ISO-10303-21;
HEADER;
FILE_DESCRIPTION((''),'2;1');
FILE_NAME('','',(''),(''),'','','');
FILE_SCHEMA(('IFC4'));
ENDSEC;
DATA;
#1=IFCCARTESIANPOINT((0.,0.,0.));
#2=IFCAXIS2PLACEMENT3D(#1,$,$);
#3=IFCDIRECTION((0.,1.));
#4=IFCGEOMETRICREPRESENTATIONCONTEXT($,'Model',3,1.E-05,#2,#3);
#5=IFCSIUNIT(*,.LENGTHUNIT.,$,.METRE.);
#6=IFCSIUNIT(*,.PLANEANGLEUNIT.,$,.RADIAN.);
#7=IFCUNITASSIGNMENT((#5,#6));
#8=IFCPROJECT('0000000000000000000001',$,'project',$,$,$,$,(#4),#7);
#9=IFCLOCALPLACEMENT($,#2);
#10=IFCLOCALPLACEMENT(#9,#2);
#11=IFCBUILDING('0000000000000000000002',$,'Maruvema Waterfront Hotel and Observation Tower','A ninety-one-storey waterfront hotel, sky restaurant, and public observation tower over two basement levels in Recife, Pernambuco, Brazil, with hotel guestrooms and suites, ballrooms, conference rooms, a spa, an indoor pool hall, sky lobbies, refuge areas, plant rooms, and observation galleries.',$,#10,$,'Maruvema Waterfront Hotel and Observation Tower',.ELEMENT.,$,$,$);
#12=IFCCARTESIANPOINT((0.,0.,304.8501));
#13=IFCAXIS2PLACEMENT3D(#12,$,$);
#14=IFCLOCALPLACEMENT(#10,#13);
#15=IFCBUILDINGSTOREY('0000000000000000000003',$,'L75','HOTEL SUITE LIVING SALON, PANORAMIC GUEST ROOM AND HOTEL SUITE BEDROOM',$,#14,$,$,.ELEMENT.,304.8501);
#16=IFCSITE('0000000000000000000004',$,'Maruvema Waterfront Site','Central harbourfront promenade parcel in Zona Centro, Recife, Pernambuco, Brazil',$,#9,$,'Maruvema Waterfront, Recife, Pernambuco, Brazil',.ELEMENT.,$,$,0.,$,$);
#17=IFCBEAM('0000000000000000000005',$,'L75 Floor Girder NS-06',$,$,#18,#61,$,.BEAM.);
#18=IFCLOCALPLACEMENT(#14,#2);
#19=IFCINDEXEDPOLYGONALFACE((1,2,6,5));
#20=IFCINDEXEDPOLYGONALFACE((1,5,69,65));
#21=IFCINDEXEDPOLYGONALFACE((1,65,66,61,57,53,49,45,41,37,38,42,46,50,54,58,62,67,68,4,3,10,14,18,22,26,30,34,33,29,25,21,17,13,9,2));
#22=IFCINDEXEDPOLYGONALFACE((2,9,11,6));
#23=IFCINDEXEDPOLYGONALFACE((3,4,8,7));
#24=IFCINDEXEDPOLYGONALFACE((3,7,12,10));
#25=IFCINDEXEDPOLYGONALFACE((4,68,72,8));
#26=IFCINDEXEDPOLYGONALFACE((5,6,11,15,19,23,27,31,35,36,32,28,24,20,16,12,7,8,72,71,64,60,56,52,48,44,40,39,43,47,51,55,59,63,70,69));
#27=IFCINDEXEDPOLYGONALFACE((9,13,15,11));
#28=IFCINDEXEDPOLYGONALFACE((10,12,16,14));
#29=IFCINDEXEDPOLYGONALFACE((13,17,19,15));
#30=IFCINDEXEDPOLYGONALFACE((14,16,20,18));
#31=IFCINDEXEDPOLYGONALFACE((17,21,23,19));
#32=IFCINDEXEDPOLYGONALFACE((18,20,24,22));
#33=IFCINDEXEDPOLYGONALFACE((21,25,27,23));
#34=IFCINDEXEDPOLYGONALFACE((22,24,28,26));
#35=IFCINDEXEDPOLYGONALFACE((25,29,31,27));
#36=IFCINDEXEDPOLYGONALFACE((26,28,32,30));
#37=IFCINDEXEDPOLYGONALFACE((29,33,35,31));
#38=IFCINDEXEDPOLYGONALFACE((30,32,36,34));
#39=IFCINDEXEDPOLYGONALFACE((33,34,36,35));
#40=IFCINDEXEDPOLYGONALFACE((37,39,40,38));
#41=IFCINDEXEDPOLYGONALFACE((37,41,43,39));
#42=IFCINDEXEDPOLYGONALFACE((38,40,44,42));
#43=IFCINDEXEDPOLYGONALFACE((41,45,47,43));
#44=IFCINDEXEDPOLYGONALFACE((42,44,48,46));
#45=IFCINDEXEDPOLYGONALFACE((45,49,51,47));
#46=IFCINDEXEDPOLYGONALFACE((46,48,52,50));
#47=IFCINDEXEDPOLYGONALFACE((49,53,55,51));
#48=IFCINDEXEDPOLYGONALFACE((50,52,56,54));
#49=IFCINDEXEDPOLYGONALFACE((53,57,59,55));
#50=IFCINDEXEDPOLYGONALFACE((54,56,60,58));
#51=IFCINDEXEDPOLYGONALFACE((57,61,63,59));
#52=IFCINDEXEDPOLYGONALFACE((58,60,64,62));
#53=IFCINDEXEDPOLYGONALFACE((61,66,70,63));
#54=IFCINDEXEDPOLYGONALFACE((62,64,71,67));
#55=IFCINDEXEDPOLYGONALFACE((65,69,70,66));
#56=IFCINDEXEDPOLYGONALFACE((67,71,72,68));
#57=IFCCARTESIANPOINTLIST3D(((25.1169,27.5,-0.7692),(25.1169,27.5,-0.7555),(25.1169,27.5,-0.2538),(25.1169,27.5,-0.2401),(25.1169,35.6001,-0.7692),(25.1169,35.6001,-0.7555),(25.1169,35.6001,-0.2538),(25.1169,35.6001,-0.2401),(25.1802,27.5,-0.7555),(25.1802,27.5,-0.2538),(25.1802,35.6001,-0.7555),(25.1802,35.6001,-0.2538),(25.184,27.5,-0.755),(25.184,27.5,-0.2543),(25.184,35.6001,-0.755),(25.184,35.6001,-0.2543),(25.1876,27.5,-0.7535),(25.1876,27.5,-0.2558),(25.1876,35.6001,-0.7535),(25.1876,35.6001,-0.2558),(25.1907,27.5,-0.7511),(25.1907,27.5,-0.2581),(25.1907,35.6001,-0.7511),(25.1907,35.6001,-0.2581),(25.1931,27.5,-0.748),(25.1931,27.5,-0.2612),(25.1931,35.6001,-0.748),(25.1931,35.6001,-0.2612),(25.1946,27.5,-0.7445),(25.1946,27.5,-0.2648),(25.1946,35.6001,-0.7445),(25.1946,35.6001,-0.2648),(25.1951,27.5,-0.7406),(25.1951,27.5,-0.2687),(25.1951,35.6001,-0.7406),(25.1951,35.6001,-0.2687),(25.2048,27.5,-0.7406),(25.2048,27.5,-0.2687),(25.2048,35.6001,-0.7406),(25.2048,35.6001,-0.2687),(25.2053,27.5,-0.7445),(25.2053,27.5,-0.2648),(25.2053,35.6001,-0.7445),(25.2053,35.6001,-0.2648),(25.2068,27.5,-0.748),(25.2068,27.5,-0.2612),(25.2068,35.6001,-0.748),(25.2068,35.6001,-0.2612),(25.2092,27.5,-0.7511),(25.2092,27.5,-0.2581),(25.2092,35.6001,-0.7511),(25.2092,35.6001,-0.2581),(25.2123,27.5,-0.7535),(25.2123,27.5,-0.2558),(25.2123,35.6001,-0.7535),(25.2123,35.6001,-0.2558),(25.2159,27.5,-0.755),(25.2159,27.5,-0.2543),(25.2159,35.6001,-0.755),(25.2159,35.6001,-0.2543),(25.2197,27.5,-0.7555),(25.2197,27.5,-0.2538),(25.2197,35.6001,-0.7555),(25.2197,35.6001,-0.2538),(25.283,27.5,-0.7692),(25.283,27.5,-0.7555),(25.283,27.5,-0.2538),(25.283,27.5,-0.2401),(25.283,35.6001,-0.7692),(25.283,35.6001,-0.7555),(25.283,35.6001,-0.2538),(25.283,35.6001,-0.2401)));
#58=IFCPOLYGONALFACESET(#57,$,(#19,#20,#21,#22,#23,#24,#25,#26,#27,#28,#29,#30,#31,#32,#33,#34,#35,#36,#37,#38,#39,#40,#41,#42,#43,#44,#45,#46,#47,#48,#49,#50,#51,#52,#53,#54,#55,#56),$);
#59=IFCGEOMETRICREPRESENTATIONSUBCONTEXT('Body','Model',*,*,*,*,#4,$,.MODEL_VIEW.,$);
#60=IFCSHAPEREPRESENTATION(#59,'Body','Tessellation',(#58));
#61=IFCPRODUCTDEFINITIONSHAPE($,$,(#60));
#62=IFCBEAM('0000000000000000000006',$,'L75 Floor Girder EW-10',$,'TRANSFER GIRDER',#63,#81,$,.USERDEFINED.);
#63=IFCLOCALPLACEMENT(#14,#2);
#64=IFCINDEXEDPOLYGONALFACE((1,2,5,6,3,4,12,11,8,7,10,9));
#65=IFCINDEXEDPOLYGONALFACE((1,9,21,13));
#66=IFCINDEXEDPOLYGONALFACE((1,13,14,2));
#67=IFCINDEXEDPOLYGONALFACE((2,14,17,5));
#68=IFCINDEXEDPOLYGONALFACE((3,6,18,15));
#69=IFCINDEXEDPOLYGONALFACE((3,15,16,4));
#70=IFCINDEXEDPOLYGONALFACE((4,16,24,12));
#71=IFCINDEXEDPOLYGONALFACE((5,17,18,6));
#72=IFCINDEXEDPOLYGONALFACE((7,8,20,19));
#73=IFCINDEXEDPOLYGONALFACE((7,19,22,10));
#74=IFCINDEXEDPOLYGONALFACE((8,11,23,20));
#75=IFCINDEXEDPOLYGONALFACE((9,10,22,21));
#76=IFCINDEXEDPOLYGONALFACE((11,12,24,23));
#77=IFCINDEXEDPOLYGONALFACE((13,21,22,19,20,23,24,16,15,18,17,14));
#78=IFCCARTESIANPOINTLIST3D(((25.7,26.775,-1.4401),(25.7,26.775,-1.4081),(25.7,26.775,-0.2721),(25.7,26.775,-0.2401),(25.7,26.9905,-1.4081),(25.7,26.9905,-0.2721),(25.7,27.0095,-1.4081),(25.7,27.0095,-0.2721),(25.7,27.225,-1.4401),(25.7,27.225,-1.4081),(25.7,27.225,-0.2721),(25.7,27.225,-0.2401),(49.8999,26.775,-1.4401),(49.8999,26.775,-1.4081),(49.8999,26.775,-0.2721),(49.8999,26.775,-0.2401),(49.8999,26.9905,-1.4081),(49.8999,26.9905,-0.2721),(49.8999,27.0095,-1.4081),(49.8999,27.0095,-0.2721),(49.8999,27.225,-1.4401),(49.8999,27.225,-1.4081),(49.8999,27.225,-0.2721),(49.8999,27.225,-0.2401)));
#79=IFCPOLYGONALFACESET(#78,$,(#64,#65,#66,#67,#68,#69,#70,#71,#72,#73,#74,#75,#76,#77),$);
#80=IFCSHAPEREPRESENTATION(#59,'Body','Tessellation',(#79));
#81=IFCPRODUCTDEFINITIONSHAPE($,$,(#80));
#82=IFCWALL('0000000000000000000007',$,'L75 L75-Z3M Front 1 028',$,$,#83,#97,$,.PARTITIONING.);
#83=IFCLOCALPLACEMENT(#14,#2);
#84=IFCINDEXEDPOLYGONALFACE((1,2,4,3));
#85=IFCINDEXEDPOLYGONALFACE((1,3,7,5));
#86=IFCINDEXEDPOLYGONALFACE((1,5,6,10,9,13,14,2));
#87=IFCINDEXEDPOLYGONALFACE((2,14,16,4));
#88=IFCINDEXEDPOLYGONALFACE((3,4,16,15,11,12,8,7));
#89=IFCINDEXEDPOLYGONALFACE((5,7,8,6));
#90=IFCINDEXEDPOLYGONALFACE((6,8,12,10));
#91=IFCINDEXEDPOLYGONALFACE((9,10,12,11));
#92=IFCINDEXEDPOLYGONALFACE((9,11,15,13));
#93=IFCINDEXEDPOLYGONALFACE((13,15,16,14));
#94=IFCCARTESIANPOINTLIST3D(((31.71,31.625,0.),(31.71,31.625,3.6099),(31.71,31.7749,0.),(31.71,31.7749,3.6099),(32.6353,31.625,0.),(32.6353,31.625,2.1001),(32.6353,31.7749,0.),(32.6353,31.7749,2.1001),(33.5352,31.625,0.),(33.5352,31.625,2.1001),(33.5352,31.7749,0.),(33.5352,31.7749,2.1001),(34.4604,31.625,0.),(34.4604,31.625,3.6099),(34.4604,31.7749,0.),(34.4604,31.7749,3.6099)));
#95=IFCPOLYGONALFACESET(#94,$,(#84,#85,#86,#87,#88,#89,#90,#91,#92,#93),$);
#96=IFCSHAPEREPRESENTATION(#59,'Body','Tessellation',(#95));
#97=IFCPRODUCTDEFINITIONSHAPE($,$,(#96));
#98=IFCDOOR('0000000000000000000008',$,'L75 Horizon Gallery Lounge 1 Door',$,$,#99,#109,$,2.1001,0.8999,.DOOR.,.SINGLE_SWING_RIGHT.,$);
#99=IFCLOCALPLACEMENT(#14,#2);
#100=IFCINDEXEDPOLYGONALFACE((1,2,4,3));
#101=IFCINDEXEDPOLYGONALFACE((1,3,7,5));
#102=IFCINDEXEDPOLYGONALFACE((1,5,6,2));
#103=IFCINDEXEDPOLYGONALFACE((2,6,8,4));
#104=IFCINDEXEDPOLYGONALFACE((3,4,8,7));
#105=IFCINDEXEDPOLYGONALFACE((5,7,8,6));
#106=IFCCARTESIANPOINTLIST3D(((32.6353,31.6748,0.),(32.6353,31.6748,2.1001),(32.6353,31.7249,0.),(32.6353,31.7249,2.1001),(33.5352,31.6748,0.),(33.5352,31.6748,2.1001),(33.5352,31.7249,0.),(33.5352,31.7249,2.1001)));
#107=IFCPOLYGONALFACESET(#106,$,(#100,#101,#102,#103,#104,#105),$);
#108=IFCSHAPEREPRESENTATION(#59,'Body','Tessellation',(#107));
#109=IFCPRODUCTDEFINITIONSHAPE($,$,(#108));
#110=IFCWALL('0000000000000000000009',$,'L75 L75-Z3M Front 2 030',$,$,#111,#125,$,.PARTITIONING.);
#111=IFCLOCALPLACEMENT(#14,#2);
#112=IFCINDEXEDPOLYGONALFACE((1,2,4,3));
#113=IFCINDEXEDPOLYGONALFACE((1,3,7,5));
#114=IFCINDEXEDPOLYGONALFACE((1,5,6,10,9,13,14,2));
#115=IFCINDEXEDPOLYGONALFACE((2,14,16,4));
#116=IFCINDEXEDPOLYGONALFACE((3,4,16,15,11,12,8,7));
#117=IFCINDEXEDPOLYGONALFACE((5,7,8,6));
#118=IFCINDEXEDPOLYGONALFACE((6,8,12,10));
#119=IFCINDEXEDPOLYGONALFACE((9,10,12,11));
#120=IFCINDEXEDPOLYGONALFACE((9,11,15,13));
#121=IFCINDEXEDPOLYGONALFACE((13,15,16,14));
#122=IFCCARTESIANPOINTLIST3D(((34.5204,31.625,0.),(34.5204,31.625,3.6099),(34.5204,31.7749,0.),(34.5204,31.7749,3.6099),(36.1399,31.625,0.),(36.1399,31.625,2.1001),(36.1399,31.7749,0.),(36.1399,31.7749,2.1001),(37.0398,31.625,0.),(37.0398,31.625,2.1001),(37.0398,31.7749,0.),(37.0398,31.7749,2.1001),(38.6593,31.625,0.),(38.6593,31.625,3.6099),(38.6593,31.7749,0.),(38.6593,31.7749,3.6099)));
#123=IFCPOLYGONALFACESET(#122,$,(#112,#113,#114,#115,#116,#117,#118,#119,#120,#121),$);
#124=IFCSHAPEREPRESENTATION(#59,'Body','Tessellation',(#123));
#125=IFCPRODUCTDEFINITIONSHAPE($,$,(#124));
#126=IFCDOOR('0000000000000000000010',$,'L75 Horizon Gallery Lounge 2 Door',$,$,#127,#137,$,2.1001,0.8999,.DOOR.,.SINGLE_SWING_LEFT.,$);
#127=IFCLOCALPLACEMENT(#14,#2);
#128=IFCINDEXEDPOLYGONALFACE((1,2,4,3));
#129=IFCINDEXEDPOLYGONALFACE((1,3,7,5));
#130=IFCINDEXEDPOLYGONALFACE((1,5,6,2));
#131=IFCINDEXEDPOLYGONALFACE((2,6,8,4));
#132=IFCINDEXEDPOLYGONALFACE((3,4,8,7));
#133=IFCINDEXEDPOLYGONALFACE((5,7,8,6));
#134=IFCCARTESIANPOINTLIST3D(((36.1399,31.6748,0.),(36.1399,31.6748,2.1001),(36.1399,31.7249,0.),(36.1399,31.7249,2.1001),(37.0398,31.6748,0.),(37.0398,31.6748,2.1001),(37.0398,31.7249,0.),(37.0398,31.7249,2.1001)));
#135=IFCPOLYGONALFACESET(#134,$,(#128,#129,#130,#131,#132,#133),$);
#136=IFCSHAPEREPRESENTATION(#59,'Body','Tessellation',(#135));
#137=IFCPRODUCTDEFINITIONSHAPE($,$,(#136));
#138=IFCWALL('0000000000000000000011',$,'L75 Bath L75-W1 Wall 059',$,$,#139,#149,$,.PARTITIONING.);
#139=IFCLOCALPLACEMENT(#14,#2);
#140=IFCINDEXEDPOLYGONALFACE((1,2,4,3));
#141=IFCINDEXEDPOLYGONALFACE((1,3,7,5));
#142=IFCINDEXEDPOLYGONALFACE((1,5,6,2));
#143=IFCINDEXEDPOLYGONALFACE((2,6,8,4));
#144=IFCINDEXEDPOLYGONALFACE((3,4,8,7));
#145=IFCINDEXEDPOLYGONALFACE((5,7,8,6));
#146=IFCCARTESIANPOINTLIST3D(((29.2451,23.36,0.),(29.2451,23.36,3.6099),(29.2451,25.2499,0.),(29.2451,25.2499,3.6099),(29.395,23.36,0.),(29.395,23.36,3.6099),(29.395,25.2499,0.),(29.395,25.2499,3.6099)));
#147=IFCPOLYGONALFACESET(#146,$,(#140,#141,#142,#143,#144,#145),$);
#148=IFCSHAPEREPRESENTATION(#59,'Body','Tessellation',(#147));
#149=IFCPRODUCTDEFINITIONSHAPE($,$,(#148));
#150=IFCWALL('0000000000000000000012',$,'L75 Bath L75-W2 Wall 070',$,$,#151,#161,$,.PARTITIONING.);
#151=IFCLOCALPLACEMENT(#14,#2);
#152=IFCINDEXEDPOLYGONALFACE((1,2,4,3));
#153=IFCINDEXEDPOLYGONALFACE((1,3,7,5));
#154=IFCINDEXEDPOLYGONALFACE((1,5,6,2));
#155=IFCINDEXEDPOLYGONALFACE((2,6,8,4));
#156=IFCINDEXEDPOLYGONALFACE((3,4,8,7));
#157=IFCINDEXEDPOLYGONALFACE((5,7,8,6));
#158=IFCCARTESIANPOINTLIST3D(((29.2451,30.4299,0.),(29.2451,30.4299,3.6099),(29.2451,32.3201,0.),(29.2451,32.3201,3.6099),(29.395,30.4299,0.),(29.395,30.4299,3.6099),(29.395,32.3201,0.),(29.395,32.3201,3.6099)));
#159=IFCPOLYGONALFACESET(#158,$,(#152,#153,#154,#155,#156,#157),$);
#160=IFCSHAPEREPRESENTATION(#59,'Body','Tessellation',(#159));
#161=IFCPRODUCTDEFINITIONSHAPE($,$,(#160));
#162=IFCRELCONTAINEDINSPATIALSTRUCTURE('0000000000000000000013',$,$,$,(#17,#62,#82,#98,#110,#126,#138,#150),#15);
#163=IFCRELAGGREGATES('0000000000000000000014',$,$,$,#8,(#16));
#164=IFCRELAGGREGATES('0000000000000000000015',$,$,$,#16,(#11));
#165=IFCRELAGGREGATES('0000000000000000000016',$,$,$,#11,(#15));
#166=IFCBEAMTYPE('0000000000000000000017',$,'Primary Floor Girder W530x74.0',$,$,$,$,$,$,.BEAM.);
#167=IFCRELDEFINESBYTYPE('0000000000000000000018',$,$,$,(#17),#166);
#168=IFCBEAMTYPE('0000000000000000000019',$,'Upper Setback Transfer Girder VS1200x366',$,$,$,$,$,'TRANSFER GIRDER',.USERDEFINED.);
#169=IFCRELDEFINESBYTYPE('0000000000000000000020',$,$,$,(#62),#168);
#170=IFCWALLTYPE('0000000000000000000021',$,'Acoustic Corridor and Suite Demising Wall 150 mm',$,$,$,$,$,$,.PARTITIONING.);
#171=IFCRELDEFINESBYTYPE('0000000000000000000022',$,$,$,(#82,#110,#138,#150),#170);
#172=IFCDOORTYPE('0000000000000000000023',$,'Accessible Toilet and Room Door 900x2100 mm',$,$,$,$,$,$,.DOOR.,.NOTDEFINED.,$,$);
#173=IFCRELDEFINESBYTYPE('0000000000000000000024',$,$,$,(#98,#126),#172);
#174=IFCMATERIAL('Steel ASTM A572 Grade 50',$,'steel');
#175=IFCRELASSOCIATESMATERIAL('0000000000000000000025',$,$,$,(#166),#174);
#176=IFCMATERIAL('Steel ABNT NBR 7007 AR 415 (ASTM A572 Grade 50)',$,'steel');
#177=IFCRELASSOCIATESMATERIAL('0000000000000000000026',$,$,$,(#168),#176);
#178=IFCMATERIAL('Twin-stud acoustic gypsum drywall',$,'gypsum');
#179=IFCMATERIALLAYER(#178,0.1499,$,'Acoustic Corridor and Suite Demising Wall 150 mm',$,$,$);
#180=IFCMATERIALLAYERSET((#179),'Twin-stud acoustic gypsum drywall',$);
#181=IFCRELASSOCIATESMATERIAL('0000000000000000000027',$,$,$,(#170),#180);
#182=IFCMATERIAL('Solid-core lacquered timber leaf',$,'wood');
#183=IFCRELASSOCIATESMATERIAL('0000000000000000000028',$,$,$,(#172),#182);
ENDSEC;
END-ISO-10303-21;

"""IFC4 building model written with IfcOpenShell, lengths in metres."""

from ifc_helpers import new_model, si_unit, direction, frame, frame_2d, origin, origin_2d, place, context, subcontext, project, spatial, rectangle, i_section, extrude, material, layer, layer_set, material_profile, profile_set, type_object, element, fill, save


model = new_model("IFC4")

# Units and contexts
model_context = context("Model", 3, precision=1e-05, world=origin(), true_north=direction((0.0, 1.0)))
body_context = subcontext(model_context, "Body", "Model", "MODEL_VIEW")
ifc_project = project(units=[si_unit("LENGTHUNIT", "METRE"), si_unit("PLANEANGLEUNIT", "RADIAN")], contexts=[model_context])

# Site, building, storey
site_placement = place(None, origin())
site = spatial("IfcSite", under=ifc_project, at=site_placement, Name="Maruvema Waterfront Site", Description="Central harbourfront promenade parcel in Zona Centro, Recife, Pernambuco, Brazil", LongName="Maruvema Waterfront, Recife, Pernambuco, Brazil", CompositionType="ELEMENT", RefElevation=0.0)
building_placement = place(site_placement, origin())
building = spatial("IfcBuilding", under=site, at=building_placement, Name="Maruvema Waterfront Hotel and Observation Tower", Description="A ninety-one-storey waterfront hotel, sky restaurant, and public observation tower over two basement levels in Recife, Pernambuco, Brazil, with hotel guestrooms and suites, ballrooms, conference rooms, a spa, an indoor pool hall, sky lobbies, refuge areas, plant rooms, and observation galleries.", LongName="Maruvema Waterfront Hotel and Observation Tower", CompositionType="ELEMENT")
storey_placement = place(building_placement, frame((0.0, 0.0, 304.8501)))
storey = spatial("IfcBuildingStorey", under=building, at=storey_placement, Name="L75", Description="HOTEL SUITE LIVING SALON, PANORAMIC GUEST ROOM AND HOTEL SUITE BEDROOM", CompositionType="ELEMENT", Elevation=304.8501)

# Beams
ifc_material_1 = material(Name="Steel ASTM A572 Grade 50", Category="steel")
ifc_material_profile_1 = material_profile(ifc_material_1, i_section(OverallWidth=0.166, OverallDepth=0.5291, WebThickness=0.0098, FlangeThickness=0.0137, FilletRadius=0.0149, at=origin_2d()), Name="W530x74.0")
ifc_profile_set_1 = profile_set([ifc_material_profile_1], Name="Steel ASTM A572 Grade 50")
beam_type_1 = type_object("IfcBeamType", Name="Primary Floor Girder W530x74.0", PredefinedType="BEAM", material=ifc_profile_set_1)
beam_1_placement = place(storey_placement, frame((25.2, 27.5, -0.5046), z_axis=(0.0, 1.0, 0.0), x_axis=(-1.0, 0.0, 0.0)))
element("IfcBeam", 1, at=beam_1_placement, inside=storey, type_object=beam_type_1, Name="L75 Floor Girder NS-06", PredefinedType="BEAM", context=body_context, shape_type="SweptSolid", body=[
    extrude(i_section(OverallWidth=0.166, OverallDepth=0.5291, WebThickness=0.0098, FlangeThickness=0.0137, FilletRadius=0.0149, at=origin_2d()), origin(), (0.0, 0.0, 1.0), 8.1001),
])
ifc_material_2 = material(Name="Steel ABNT NBR 7007 AR 415 (ASTM A572 Grade 50)", Category="steel")
ifc_material_profile_2 = material_profile(ifc_material_2, i_section(OverallWidth=0.45, OverallDepth=1.2, WebThickness=0.019, FlangeThickness=0.032, at=origin_2d()), Name="VS1200x366")
ifc_profile_set_2 = profile_set([ifc_material_profile_2], Name="Steel ABNT NBR 7007 AR 415 (ASTM A572 Grade 50)")
beam_type_2 = type_object("IfcBeamType", Name="Upper Setback Transfer Girder VS1200x366", ElementType="TRANSFER GIRDER", PredefinedType="USERDEFINED", material=ifc_profile_set_2)
beam_2_placement = place(storey_placement, frame((25.7, 27.0, -0.8401), z_axis=(1.0, 0.0, 0.0), x_axis=(0.0, 1.0, 0.0)))
element("IfcBeam", 2, at=beam_2_placement, inside=storey, type_object=beam_type_2, Name="L75 Floor Girder EW-10", ObjectType="TRANSFER GIRDER", PredefinedType="USERDEFINED", context=body_context, shape_type="SweptSolid", body=[
    extrude(i_section(OverallWidth=0.45, OverallDepth=1.2, WebThickness=0.019, FlangeThickness=0.032, at=origin_2d()), origin(), (0.0, 0.0, 1.0), 24.2),
])

# Walls, openings, doors
ifc_material_3 = material(Name="Twin-stud acoustic gypsum drywall", Category="gypsum")
ifc_layer_1 = layer(ifc_material_3, 0.1499, Name="Acoustic Corridor and Suite Demising Wall 150 mm")
ifc_layer_set_1 = layer_set([ifc_layer_1], Name="Twin-stud acoustic gypsum drywall")
wall_type_1 = type_object("IfcWallType", Name="Acoustic Corridor and Suite Demising Wall 150 mm", PredefinedType="PARTITIONING", material=ifc_layer_set_1)
wall_1_placement = place(storey_placement, frame((31.71, 31.7, 0.0), z_axis=(0.0, 0.0, 1.0), x_axis=(1.0, 0.0, 0.0)))
wall_1 = element("IfcWall", 3, at=wall_1_placement, inside=storey, type_object=wall_type_1, Name="L75 L75-Z3M Front 1 028", PredefinedType="PARTITIONING", context=body_context, shape_type="SweptSolid", body=[
    extrude(rectangle(XDim=2.7505, YDim=0.1499, at=frame_2d((1.3752, 0.0))), origin(), (0.0, 0.0, 1.0), 3.6099),
])
opening_1_placement = place(wall_1_placement, frame((0.9253, 0.0, 0.0)))
opening_1 = element("IfcOpeningElement", 4, at=opening_1_placement, cuts=wall_1, PredefinedType="OPENING", context=body_context, shape_type="SweptSolid", body=[
    extrude(rectangle(XDim=0.8999, YDim=2.1001, at=frame_2d((0.45, 1.05))), frame((0.0, 0.085, 0.0), z_axis=(0.0, -1.0, 0.0), x_axis=(1.0, 0.0, 0.0)), (0.0, 0.0, 1.0), 0.1699),
])
ifc_material_4 = material(Name="Solid-core lacquered timber leaf", Category="wood")
door_type_1 = type_object("IfcDoorType", Name="Accessible Toilet and Room Door 900x2100 mm", OperationType="NOTDEFINED", PredefinedType="DOOR", material=ifc_material_4)
door_1_placement = place(opening_1_placement, origin())
door_1 = element("IfcDoor", 5, at=door_1_placement, inside=storey, type_object=door_type_1, Name="L75 Horizon Gallery Lounge 1 Door", OperationType="SINGLE_SWING_RIGHT", OverallHeight=2.1001, OverallWidth=0.8999, PredefinedType="DOOR", context=body_context, shape_type="SweptSolid", body=[
    extrude(rectangle(XDim=0.8999, YDim=2.1001, at=frame_2d((0.45, 1.05))), frame((0.0, 0.0249, 0.0), z_axis=(0.0, -1.0, 0.0), x_axis=(1.0, 0.0, 0.0)), (0.0, 0.0, 1.0), 0.05),
])
fill(opening_1, door_1)
wall_2_placement = place(storey_placement, frame((34.5205, 31.7, 0.0), z_axis=(0.0, 0.0, 1.0), x_axis=(1.0, 0.0, 0.0)))
wall_2 = element("IfcWall", 6, at=wall_2_placement, inside=storey, type_object=wall_type_1, Name="L75 L75-Z3M Front 2 030", PredefinedType="PARTITIONING", context=body_context, shape_type="SweptSolid", body=[
    extrude(rectangle(XDim=4.1389, YDim=0.1499, at=frame_2d((2.0693, 0.0))), origin(), (0.0, 0.0, 1.0), 3.6099),
])
opening_2_placement = place(wall_2_placement, frame((1.6194, 0.0, 0.0)))
opening_2 = element("IfcOpeningElement", 7, at=opening_2_placement, cuts=wall_2, PredefinedType="OPENING", context=body_context, shape_type="SweptSolid", body=[
    extrude(rectangle(XDim=0.8999, YDim=2.1001, at=frame_2d((0.45, 1.05))), frame((0.0, 0.085, 0.0), z_axis=(0.0, -1.0, 0.0), x_axis=(1.0, 0.0, 0.0)), (0.0, 0.0, 1.0), 0.1699),
])
door_2_placement = place(opening_2_placement, origin())
door_2 = element("IfcDoor", 8, at=door_2_placement, inside=storey, type_object=door_type_1, Name="L75 Horizon Gallery Lounge 2 Door", OperationType="SINGLE_SWING_LEFT", OverallHeight=2.1001, OverallWidth=0.8999, PredefinedType="DOOR", context=body_context, shape_type="SweptSolid", body=[
    extrude(rectangle(XDim=0.8999, YDim=2.1001, at=frame_2d((0.45, 1.05))), frame((0.0, 0.0249, 0.0), z_axis=(0.0, -1.0, 0.0), x_axis=(1.0, 0.0, 0.0)), (0.0, 0.0, 1.0), 0.05),
])
fill(opening_2, door_2)

# Wall
wall_3_placement = place(storey_placement, frame((29.3201, 23.3601, 0.0), z_axis=(0.0, 0.0, 1.0), x_axis=(0.0, 1.0, 0.0)))
element("IfcWall", 9, at=wall_3_placement, inside=storey, type_object=wall_type_1, Name="L75 Bath L75-W1 Wall 059", PredefinedType="PARTITIONING", context=body_context, shape_type="SweptSolid", body=[
    extrude(rectangle(XDim=1.8899, YDim=0.1499, at=frame_2d((0.9448, 0.0))), origin(), (0.0, 0.0, 1.0), 3.6099),
])

# Wall
wall_4_placement = place(storey_placement, frame((29.3201, 30.4299, 0.0), z_axis=(0.0, 0.0, 1.0), x_axis=(0.0, 1.0, 0.0)))
element("IfcWall", 10, at=wall_4_placement, inside=storey, type_object=wall_type_1, Name="L75 Bath L75-W2 Wall 070", PredefinedType="PARTITIONING", context=body_context, shape_type="SweptSolid", body=[
    extrude(rectangle(XDim=1.8901, YDim=0.1499, at=frame_2d((0.9451, 0.0))), origin(), (0.0, 0.0, 1.0), 3.6099),
])

save(model, "model.ifc")
